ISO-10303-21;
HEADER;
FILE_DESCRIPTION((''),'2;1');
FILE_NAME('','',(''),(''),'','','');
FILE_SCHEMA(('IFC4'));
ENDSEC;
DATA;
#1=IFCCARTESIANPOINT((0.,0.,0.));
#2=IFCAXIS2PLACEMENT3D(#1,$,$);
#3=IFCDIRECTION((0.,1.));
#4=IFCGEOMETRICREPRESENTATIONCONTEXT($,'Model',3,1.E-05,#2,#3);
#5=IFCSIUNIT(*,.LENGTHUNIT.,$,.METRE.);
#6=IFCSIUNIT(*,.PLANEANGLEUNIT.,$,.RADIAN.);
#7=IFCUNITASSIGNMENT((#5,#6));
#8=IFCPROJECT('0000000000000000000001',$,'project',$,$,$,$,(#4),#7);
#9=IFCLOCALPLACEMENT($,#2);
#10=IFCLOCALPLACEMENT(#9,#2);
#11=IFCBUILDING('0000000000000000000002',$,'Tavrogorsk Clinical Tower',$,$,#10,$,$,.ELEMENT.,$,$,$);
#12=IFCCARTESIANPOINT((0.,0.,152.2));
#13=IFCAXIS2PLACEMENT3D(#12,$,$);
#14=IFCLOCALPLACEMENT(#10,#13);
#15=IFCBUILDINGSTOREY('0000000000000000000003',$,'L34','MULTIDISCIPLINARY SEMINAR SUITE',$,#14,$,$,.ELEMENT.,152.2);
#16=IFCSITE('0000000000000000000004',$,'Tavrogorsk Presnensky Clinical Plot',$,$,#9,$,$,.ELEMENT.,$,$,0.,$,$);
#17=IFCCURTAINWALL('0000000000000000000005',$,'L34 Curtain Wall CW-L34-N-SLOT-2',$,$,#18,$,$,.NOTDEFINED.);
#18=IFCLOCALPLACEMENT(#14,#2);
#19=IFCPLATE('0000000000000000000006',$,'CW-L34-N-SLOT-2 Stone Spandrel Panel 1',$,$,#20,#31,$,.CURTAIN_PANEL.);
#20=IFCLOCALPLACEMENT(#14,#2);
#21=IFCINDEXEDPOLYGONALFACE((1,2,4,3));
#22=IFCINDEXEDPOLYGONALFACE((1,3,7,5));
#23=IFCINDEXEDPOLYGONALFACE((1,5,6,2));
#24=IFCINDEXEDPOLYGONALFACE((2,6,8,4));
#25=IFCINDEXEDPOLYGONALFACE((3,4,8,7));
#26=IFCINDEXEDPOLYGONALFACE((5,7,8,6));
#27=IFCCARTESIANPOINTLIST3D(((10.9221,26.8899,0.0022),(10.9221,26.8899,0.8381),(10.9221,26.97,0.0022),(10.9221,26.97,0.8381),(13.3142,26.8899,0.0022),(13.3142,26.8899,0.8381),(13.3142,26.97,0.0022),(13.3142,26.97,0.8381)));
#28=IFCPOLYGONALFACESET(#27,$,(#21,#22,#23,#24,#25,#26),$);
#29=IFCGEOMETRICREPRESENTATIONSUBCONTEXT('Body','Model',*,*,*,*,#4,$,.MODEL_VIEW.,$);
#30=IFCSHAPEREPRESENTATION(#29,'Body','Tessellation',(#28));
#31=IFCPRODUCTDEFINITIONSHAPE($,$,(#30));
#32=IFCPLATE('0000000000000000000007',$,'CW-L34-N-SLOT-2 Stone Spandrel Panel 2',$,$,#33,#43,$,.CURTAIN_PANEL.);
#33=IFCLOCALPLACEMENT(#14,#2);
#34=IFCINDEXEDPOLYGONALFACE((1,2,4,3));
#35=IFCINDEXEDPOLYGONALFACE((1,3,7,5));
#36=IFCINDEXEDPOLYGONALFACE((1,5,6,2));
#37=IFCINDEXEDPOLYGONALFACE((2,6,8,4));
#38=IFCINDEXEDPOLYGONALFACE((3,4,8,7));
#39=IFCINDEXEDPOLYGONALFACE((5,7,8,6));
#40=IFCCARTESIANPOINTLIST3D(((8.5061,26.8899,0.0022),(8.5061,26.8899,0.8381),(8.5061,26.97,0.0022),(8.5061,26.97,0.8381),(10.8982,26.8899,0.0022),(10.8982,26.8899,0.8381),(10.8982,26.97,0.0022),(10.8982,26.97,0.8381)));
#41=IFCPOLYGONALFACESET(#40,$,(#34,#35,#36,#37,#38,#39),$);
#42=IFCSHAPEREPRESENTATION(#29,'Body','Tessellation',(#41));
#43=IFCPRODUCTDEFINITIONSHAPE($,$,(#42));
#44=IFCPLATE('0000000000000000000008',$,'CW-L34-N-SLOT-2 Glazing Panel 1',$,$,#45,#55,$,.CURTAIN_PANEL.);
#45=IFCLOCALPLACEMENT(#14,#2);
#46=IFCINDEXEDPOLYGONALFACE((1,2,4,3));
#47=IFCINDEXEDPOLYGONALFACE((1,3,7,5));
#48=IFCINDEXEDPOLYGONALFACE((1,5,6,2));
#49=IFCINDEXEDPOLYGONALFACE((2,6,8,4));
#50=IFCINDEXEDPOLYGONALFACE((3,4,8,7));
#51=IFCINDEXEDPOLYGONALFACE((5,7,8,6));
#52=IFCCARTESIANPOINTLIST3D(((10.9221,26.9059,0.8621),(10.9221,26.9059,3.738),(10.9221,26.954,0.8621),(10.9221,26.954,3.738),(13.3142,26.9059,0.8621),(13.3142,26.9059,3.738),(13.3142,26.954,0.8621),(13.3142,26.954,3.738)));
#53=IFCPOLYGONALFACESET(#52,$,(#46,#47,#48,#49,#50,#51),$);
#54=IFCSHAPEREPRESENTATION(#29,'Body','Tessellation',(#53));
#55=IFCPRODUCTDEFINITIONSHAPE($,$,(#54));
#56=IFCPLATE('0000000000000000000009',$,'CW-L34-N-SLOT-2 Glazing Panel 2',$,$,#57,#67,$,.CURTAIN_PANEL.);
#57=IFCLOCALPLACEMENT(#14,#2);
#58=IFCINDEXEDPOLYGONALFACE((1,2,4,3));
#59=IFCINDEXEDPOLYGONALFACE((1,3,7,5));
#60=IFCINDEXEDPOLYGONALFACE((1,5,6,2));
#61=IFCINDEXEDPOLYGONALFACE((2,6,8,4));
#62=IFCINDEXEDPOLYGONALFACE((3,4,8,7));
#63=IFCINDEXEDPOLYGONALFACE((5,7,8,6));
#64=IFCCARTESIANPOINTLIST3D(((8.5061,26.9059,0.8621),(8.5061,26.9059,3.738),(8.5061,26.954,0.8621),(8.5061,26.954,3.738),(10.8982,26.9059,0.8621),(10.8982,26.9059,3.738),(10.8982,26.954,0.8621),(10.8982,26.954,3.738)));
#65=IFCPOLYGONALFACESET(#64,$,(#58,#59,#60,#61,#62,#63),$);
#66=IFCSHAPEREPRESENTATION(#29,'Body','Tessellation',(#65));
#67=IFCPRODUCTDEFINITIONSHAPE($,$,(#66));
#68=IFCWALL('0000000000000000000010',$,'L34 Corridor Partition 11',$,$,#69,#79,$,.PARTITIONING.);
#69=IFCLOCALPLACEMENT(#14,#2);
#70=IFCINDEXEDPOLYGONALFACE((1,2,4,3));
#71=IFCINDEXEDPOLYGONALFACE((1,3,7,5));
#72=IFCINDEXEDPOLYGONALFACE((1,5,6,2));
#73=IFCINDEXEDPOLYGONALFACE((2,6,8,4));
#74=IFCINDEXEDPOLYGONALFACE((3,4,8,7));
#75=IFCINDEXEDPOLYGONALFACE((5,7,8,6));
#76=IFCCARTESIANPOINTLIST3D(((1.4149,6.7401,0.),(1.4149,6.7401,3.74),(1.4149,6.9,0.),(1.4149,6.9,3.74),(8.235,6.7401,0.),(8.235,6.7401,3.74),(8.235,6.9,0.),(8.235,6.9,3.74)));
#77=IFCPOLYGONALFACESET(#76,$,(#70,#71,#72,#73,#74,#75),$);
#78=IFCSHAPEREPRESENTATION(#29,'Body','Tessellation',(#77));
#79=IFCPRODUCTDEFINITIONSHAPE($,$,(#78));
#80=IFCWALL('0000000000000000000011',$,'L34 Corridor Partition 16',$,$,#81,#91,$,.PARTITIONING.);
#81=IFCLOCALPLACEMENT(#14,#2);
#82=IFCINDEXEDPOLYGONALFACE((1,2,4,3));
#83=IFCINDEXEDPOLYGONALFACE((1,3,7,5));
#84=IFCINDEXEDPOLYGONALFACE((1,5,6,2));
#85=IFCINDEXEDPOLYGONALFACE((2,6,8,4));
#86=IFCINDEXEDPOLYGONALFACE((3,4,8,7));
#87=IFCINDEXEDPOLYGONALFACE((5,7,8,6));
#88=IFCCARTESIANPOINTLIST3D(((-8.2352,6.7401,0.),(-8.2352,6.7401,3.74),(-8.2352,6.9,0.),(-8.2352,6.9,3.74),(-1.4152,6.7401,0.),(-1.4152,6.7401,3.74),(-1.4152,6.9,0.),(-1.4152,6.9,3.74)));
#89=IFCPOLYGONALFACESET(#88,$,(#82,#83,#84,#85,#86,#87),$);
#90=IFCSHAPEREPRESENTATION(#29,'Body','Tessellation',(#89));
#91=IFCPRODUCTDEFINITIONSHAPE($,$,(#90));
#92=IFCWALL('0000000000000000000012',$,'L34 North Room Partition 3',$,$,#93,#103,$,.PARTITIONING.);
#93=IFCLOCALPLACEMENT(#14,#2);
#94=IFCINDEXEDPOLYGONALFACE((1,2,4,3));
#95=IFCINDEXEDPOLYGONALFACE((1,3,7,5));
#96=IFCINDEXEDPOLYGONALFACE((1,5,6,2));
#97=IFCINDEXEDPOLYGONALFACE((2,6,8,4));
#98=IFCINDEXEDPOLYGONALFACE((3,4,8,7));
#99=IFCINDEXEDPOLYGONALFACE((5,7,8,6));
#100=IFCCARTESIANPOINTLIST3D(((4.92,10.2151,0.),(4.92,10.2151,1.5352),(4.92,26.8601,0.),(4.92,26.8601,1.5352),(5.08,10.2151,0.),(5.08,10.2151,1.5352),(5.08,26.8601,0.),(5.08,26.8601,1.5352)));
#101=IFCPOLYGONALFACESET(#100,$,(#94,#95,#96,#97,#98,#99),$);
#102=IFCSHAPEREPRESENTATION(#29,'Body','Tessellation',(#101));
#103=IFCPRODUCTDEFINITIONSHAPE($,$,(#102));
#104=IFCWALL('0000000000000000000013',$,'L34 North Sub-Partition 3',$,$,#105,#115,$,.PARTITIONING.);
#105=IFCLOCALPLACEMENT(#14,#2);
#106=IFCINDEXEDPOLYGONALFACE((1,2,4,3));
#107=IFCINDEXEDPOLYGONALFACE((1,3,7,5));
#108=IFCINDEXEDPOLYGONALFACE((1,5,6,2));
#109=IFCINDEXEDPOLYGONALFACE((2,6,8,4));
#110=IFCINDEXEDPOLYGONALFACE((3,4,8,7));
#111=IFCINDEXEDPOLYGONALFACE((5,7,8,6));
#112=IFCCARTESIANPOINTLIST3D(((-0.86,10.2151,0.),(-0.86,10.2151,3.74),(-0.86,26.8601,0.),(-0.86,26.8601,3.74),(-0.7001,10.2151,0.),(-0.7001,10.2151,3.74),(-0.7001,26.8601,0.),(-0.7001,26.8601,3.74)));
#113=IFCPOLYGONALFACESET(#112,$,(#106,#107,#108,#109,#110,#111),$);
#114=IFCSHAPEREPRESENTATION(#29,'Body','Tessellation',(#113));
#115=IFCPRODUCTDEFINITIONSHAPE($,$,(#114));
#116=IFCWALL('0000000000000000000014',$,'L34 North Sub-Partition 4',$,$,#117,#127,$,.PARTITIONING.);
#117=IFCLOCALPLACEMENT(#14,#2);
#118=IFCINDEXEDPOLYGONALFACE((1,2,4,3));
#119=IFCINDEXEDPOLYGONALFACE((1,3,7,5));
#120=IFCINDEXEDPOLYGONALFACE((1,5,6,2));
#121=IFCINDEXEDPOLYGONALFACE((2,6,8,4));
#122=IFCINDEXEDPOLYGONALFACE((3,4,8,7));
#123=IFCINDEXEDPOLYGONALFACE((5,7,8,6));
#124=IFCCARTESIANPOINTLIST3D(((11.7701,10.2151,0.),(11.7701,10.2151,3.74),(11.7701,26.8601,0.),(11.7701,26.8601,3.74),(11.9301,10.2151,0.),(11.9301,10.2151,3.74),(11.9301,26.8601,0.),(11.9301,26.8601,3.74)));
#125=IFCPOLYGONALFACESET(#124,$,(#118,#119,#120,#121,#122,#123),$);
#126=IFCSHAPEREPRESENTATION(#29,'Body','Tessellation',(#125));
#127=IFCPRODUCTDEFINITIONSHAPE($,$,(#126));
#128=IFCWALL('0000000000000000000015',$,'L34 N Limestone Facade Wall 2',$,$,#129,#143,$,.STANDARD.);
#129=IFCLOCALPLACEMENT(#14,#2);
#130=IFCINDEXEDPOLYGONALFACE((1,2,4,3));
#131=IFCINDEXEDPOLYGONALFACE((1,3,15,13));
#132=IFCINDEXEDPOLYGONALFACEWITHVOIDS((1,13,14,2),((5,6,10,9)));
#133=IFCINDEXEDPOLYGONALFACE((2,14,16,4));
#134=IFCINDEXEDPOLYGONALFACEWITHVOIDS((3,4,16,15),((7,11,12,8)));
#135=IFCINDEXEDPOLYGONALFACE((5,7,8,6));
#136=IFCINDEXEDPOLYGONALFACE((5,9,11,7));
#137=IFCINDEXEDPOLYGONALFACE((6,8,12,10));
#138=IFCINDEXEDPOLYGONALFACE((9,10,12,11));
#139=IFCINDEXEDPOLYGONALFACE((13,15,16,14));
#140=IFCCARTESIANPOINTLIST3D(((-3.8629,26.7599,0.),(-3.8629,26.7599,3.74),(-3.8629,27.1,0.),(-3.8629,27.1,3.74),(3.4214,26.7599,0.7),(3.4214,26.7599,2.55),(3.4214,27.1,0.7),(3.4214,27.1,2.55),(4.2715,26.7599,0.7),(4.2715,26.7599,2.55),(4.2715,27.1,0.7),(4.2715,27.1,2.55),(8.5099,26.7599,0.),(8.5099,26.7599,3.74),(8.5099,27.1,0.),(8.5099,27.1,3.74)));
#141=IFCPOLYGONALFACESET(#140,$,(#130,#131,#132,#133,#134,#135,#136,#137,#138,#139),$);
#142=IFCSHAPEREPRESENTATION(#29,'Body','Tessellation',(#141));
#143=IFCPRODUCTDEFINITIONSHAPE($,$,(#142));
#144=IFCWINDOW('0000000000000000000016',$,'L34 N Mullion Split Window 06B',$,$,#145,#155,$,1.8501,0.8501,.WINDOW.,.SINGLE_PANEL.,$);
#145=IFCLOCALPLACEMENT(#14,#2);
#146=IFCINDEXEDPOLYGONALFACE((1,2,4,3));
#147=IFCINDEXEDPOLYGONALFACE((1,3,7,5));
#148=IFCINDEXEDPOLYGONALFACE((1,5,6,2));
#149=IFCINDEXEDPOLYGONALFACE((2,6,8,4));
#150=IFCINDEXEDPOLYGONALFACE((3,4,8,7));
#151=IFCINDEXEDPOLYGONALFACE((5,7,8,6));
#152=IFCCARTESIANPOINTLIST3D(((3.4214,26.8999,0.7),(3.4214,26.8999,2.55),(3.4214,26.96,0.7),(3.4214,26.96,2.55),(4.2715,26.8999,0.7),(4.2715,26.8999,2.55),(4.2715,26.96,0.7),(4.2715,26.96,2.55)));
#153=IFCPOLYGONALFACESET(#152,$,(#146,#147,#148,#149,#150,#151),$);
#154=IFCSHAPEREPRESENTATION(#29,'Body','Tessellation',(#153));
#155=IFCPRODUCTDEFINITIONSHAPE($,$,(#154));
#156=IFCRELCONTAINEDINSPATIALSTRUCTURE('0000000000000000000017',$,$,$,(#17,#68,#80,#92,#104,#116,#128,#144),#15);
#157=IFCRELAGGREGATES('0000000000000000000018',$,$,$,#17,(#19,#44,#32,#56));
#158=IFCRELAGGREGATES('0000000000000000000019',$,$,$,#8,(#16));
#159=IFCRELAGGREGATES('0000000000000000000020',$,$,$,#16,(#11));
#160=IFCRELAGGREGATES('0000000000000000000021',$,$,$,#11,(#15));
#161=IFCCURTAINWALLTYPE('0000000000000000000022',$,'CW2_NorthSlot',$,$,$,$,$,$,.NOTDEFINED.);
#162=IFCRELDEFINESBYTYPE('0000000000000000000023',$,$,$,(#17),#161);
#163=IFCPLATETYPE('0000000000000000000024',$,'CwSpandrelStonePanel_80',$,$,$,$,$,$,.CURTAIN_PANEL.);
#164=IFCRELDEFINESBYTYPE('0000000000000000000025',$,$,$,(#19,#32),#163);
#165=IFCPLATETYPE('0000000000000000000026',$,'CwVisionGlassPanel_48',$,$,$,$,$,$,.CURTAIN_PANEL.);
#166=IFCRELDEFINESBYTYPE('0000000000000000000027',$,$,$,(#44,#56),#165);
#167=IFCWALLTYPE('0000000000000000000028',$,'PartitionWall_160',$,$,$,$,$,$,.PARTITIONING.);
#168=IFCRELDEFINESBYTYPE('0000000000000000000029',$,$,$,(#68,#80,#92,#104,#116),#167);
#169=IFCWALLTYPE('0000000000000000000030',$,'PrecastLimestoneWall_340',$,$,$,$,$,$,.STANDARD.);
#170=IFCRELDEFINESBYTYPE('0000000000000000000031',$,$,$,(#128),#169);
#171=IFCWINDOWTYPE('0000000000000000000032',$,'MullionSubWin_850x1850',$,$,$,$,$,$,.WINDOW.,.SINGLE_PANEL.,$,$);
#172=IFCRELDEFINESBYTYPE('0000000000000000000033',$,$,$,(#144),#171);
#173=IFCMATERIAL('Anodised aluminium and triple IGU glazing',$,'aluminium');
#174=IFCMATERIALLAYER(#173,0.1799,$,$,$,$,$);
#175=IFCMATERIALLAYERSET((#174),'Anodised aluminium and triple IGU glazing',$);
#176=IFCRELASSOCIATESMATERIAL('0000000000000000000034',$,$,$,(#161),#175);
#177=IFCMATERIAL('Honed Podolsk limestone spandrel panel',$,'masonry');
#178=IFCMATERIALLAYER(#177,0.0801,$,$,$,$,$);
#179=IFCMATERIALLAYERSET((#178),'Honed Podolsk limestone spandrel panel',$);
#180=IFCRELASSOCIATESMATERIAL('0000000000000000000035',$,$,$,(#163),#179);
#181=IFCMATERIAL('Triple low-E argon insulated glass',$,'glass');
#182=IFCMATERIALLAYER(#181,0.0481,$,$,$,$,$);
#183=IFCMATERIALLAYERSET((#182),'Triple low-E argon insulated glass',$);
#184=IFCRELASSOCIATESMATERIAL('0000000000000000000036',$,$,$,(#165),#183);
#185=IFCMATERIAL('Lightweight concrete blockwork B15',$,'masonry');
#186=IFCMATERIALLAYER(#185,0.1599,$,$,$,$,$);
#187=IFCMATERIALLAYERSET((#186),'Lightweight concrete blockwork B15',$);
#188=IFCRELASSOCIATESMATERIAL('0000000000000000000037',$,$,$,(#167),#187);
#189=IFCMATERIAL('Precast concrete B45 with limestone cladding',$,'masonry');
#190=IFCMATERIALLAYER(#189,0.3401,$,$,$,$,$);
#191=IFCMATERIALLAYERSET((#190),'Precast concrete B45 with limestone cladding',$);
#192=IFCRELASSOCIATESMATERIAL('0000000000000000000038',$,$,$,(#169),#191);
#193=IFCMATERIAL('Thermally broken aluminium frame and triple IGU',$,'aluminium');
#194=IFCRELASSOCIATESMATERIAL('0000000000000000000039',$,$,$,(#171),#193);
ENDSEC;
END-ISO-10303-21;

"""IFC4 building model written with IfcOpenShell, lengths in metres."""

from ifc_helpers import new_model, si_unit, direction, frame, frame_2d, origin, origin_2d, place, context, subcontext, project, spatial, rectangle, extrude, material, layer, layer_set, type_object, element, fill, aggregate, save


model = new_model("IFC4")

# Units and contexts
model_context = context("Model", 3, precision=1e-05, world=origin(), true_north=direction((0.0, 1.0)))
body_context = subcontext(model_context, "Body", "Model", "MODEL_VIEW")
ifc_project = project(units=[si_unit("LENGTHUNIT", "METRE"), si_unit("PLANEANGLEUNIT", "RADIAN")], contexts=[model_context])

# Site, building, storey
site_placement = place(None, origin())
site = spatial("IfcSite", under=ifc_project, at=site_placement, Name="Tavrogorsk Presnensky Clinical Plot", CompositionType="ELEMENT", RefElevation=0.0)
building_placement = place(site_placement, origin())
building = spatial("IfcBuilding", under=site, at=building_placement, Name="Tavrogorsk Clinical Tower", CompositionType="ELEMENT")
storey_placement = place(building_placement, frame((0.0, 0.0, 152.2)))
storey = spatial("IfcBuildingStorey", under=building, at=storey_placement, Name="L34", Description="MULTIDISCIPLINARY SEMINAR SUITE", CompositionType="ELEMENT", Elevation=152.2)

# Curtain wall
ifc_material_1 = material(Name="Anodised aluminium and triple IGU glazing", Category="aluminium")
ifc_layer_1 = layer(ifc_material_1, 0.1799)
ifc_layer_set_1 = layer_set([ifc_layer_1], Name="Anodised aluminium and triple IGU glazing")
curtain_wall_type = type_object("IfcCurtainWallType", Name="CW2_NorthSlot", PredefinedType="NOTDEFINED", material=ifc_layer_set_1)
curtain_wall_placement = place(storey_placement, origin())
curtain_wall = element("IfcCurtainWall", 1, at=curtain_wall_placement, inside=storey, type_object=curtain_wall_type, Name="L34 Curtain Wall CW-L34-N-SLOT-2", PredefinedType="NOTDEFINED")

# Plates
ifc_material_2 = material(Name="Honed Podolsk limestone spandrel panel", Category="masonry")
ifc_layer_2 = layer(ifc_material_2, 0.0801)
ifc_layer_set_2 = layer_set([ifc_layer_2], Name="Honed Podolsk limestone spandrel panel")
plate_type_1 = type_object("IfcPlateType", Name="CwSpandrelStonePanel_80", PredefinedType="CURTAIN_PANEL", material=ifc_layer_set_2)
plate_1_placement = place(storey_placement, frame((12.1182, 26.9299, 0.0022), z_axis=(0.0, 0.0, 1.0), x_axis=(-1.0, 0.0, 0.0)))
plate_1 = element("IfcPlate", 2, at=plate_1_placement, type_object=plate_type_1, Name="CW-L34-N-SLOT-2 Stone Spandrel Panel 1", PredefinedType="CURTAIN_PANEL", context=body_context, shape_type="SweptSolid", body=[
    extrude(rectangle(XDim=2.3921, YDim=0.0801, at=origin_2d()), origin(), (0.0, 0.0, 1.0), 0.8359),
])
plate_2_placement = place(storey_placement, frame((9.7021, 26.9299, 0.0022), z_axis=(0.0, 0.0, 1.0), x_axis=(-1.0, 0.0, 0.0)))
plate_2 = element("IfcPlate", 3, at=plate_2_placement, type_object=plate_type_1, Name="CW-L34-N-SLOT-2 Stone Spandrel Panel 2", PredefinedType="CURTAIN_PANEL", context=body_context, shape_type="SweptSolid", body=[
    extrude(rectangle(XDim=2.3921, YDim=0.0801, at=origin_2d()), origin(), (0.0, 0.0, 1.0), 0.8359),
])
ifc_material_3 = material(Name="Triple low-E argon insulated glass", Category="glass")
ifc_layer_3 = layer(ifc_material_3, 0.0481)
ifc_layer_set_3 = layer_set([ifc_layer_3], Name="Triple low-E argon insulated glass")
plate_type_2 = type_object("IfcPlateType", Name="CwVisionGlassPanel_48", PredefinedType="CURTAIN_PANEL", material=ifc_layer_set_3)
plate_3_placement = place(storey_placement, frame((12.1182, 26.9299, 0.8621), z_axis=(0.0, 0.0, 1.0), x_axis=(-1.0, 0.0, 0.0)))
plate_3 = element("IfcPlate", 4, at=plate_3_placement, type_object=plate_type_2, Name="CW-L34-N-SLOT-2 Glazing Panel 1", PredefinedType="CURTAIN_PANEL", context=body_context, shape_type="SweptSolid", body=[
    extrude(rectangle(XDim=2.3921, YDim=0.0481, at=origin_2d()), origin(), (0.0, 0.0, 1.0), 2.876),
])
plate_4_placement = place(storey_placement, frame((9.7021, 26.9299, 0.8621), z_axis=(0.0, 0.0, 1.0), x_axis=(-1.0, 0.0, 0.0)))
plate_4 = element("IfcPlate", 5, at=plate_4_placement, type_object=plate_type_2, Name="CW-L34-N-SLOT-2 Glazing Panel 2", PredefinedType="CURTAIN_PANEL", context=body_context, shape_type="SweptSolid", body=[
    extrude(rectangle(XDim=2.3921, YDim=0.0481, at=origin_2d()), origin(), (0.0, 0.0, 1.0), 2.876),
])
aggregate(curtain_wall, [plate_1, plate_3, plate_2, plate_4])

# Walls
ifc_material_4 = material(Name="Lightweight concrete blockwork B15", Category="masonry")
ifc_layer_4 = layer(ifc_material_4, 0.1599)
ifc_layer_set_4 = layer_set([ifc_layer_4], Name="Lightweight concrete blockwork B15")
wall_type_1 = type_object("IfcWallType", Name="PartitionWall_160", PredefinedType="PARTITIONING", material=ifc_layer_set_4)
for number, where, z_axis, x_axis, name in (
    (6, (8.2351, 6.8201, 0.0), (0.0, 0.0, 1.0), (-1.0, 0.0, 0.0), "L34 Corridor Partition 11"),
    (7, (-1.415, 6.8201, 0.0), (0.0, 0.0, 1.0), (-1.0, 0.0, 0.0), "L34 Corridor Partition 16"),
):
    element("IfcWall", number, at=place(storey_placement, frame(where, z_axis=z_axis, x_axis=x_axis)), inside=storey, type_object=wall_type_1, Name=name, PredefinedType="PARTITIONING", context=body_context, shape_type="SweptSolid", body=[
        extrude(rectangle(XDim=6.8201, YDim=0.1599, at=frame_2d((3.4102, 0.0))), origin(), (0.0, 0.0, 1.0), 3.74),
    ])
wall_1_placement = place(storey_placement, frame((5.0, 10.2151, 0.0), z_axis=(0.0, 0.0, 1.0), x_axis=(0.0, 1.0, 0.0)))
element("IfcWall", 8, at=wall_1_placement, inside=storey, type_object=wall_type_1, Name="L34 North Room Partition 3", PredefinedType="PARTITIONING", context=body_context, shape_type="SweptSolid", body=[
    extrude(rectangle(XDim=16.645, YDim=0.1599, at=frame_2d((8.3225, 0.0))), origin(), (0.0, 0.0, 1.0), 1.5352),
])
for number, where, z_axis, x_axis, name in (
    (9, (-0.78, 10.2151, 0.0), (0.0, 0.0, 1.0), (0.0, 1.0, 0.0), "L34 North Sub-Partition 3"),
    (10, (11.8501, 10.2151, 0.0), (0.0, 0.0, 1.0), (0.0, 1.0, 0.0), "L34 North Sub-Partition 4"),
):
    element("IfcWall", number, at=place(storey_placement, frame(where, z_axis=z_axis, x_axis=x_axis)), inside=storey, type_object=wall_type_1, Name=name, PredefinedType="PARTITIONING", context=body_context, shape_type="SweptSolid", body=[
        extrude(rectangle(XDim=16.645, YDim=0.1599, at=frame_2d((8.3225, 0.0))), origin(), (0.0, 0.0, 1.0), 3.74),
    ])

# Wall, opening, window
ifc_material_5 = material(Name="Precast concrete B45 with limestone cladding", Category="masonry")
ifc_layer_5 = layer(ifc_material_5, 0.3401)
ifc_layer_set_5 = layer_set([ifc_layer_5], Name="Precast concrete B45 with limestone cladding")
wall_type_2 = type_object("IfcWallType", Name="PrecastLimestoneWall_340", PredefinedType="STANDARD", material=ifc_layer_set_5)
wall_2_placement = place(storey_placement, frame((8.51, 26.9299, 0.0), z_axis=(0.0, 0.0, 1.0), x_axis=(-1.0, 0.0, 0.0)))
wall_2 = element("IfcWall", 11, at=wall_2_placement, inside=storey, type_object=wall_type_2, Name="L34 N Limestone Facade Wall 2", PredefinedType="STANDARD", context=body_context, shape_type="SweptSolid", body=[
    extrude(rectangle(XDim=12.3728, YDim=0.3401, at=frame_2d((6.1865, 0.0))), origin(), (0.0, 0.0, 1.0), 3.74),
])
opening_placement = place(wall_2_placement, frame((4.2385, 0.0, 0.7)))
opening = element("IfcOpeningElement", 12, at=opening_placement, cuts=wall_2, PredefinedType="OPENING", context=body_context, shape_type="SweptSolid", body=[
    extrude(rectangle(XDim=0.8501, YDim=1.8501, at=frame_2d((0.425, 0.925))), frame((0.0, 0.1799, 0.0), z_axis=(0.0, -1.0, 0.0), x_axis=(1.0, 0.0, 0.0)), (0.0, 0.0, 1.0), 0.3601),
])
ifc_material_6 = material(Name="Thermally broken aluminium frame and triple IGU", Category="aluminium")
window_type = type_object("IfcWindowType", Name="MullionSubWin_850x1850", PartitioningType="SINGLE_PANEL", PredefinedType="WINDOW", material=ifc_material_6)
window_placement = place(opening_placement, origin())
window = element("IfcWindow", 13, at=window_placement, inside=storey, type_object=window_type, Name="L34 N Mullion Split Window 06B", OverallHeight=1.8501, OverallWidth=0.8501, PartitioningType="SINGLE_PANEL", PredefinedType="WINDOW", context=body_context, shape_type="SweptSolid", body=[
    extrude(rectangle(XDim=0.8501, YDim=1.8501, at=frame_2d((0.425, 0.925))), frame((0.0, 0.03, 0.0), z_axis=(0.0, -1.0, 0.0), x_axis=(1.0, 0.0, 0.0)), (0.0, 0.0, 1.0), 0.0601),
])
fill(opening, window)

save(model, "model.ifc")
